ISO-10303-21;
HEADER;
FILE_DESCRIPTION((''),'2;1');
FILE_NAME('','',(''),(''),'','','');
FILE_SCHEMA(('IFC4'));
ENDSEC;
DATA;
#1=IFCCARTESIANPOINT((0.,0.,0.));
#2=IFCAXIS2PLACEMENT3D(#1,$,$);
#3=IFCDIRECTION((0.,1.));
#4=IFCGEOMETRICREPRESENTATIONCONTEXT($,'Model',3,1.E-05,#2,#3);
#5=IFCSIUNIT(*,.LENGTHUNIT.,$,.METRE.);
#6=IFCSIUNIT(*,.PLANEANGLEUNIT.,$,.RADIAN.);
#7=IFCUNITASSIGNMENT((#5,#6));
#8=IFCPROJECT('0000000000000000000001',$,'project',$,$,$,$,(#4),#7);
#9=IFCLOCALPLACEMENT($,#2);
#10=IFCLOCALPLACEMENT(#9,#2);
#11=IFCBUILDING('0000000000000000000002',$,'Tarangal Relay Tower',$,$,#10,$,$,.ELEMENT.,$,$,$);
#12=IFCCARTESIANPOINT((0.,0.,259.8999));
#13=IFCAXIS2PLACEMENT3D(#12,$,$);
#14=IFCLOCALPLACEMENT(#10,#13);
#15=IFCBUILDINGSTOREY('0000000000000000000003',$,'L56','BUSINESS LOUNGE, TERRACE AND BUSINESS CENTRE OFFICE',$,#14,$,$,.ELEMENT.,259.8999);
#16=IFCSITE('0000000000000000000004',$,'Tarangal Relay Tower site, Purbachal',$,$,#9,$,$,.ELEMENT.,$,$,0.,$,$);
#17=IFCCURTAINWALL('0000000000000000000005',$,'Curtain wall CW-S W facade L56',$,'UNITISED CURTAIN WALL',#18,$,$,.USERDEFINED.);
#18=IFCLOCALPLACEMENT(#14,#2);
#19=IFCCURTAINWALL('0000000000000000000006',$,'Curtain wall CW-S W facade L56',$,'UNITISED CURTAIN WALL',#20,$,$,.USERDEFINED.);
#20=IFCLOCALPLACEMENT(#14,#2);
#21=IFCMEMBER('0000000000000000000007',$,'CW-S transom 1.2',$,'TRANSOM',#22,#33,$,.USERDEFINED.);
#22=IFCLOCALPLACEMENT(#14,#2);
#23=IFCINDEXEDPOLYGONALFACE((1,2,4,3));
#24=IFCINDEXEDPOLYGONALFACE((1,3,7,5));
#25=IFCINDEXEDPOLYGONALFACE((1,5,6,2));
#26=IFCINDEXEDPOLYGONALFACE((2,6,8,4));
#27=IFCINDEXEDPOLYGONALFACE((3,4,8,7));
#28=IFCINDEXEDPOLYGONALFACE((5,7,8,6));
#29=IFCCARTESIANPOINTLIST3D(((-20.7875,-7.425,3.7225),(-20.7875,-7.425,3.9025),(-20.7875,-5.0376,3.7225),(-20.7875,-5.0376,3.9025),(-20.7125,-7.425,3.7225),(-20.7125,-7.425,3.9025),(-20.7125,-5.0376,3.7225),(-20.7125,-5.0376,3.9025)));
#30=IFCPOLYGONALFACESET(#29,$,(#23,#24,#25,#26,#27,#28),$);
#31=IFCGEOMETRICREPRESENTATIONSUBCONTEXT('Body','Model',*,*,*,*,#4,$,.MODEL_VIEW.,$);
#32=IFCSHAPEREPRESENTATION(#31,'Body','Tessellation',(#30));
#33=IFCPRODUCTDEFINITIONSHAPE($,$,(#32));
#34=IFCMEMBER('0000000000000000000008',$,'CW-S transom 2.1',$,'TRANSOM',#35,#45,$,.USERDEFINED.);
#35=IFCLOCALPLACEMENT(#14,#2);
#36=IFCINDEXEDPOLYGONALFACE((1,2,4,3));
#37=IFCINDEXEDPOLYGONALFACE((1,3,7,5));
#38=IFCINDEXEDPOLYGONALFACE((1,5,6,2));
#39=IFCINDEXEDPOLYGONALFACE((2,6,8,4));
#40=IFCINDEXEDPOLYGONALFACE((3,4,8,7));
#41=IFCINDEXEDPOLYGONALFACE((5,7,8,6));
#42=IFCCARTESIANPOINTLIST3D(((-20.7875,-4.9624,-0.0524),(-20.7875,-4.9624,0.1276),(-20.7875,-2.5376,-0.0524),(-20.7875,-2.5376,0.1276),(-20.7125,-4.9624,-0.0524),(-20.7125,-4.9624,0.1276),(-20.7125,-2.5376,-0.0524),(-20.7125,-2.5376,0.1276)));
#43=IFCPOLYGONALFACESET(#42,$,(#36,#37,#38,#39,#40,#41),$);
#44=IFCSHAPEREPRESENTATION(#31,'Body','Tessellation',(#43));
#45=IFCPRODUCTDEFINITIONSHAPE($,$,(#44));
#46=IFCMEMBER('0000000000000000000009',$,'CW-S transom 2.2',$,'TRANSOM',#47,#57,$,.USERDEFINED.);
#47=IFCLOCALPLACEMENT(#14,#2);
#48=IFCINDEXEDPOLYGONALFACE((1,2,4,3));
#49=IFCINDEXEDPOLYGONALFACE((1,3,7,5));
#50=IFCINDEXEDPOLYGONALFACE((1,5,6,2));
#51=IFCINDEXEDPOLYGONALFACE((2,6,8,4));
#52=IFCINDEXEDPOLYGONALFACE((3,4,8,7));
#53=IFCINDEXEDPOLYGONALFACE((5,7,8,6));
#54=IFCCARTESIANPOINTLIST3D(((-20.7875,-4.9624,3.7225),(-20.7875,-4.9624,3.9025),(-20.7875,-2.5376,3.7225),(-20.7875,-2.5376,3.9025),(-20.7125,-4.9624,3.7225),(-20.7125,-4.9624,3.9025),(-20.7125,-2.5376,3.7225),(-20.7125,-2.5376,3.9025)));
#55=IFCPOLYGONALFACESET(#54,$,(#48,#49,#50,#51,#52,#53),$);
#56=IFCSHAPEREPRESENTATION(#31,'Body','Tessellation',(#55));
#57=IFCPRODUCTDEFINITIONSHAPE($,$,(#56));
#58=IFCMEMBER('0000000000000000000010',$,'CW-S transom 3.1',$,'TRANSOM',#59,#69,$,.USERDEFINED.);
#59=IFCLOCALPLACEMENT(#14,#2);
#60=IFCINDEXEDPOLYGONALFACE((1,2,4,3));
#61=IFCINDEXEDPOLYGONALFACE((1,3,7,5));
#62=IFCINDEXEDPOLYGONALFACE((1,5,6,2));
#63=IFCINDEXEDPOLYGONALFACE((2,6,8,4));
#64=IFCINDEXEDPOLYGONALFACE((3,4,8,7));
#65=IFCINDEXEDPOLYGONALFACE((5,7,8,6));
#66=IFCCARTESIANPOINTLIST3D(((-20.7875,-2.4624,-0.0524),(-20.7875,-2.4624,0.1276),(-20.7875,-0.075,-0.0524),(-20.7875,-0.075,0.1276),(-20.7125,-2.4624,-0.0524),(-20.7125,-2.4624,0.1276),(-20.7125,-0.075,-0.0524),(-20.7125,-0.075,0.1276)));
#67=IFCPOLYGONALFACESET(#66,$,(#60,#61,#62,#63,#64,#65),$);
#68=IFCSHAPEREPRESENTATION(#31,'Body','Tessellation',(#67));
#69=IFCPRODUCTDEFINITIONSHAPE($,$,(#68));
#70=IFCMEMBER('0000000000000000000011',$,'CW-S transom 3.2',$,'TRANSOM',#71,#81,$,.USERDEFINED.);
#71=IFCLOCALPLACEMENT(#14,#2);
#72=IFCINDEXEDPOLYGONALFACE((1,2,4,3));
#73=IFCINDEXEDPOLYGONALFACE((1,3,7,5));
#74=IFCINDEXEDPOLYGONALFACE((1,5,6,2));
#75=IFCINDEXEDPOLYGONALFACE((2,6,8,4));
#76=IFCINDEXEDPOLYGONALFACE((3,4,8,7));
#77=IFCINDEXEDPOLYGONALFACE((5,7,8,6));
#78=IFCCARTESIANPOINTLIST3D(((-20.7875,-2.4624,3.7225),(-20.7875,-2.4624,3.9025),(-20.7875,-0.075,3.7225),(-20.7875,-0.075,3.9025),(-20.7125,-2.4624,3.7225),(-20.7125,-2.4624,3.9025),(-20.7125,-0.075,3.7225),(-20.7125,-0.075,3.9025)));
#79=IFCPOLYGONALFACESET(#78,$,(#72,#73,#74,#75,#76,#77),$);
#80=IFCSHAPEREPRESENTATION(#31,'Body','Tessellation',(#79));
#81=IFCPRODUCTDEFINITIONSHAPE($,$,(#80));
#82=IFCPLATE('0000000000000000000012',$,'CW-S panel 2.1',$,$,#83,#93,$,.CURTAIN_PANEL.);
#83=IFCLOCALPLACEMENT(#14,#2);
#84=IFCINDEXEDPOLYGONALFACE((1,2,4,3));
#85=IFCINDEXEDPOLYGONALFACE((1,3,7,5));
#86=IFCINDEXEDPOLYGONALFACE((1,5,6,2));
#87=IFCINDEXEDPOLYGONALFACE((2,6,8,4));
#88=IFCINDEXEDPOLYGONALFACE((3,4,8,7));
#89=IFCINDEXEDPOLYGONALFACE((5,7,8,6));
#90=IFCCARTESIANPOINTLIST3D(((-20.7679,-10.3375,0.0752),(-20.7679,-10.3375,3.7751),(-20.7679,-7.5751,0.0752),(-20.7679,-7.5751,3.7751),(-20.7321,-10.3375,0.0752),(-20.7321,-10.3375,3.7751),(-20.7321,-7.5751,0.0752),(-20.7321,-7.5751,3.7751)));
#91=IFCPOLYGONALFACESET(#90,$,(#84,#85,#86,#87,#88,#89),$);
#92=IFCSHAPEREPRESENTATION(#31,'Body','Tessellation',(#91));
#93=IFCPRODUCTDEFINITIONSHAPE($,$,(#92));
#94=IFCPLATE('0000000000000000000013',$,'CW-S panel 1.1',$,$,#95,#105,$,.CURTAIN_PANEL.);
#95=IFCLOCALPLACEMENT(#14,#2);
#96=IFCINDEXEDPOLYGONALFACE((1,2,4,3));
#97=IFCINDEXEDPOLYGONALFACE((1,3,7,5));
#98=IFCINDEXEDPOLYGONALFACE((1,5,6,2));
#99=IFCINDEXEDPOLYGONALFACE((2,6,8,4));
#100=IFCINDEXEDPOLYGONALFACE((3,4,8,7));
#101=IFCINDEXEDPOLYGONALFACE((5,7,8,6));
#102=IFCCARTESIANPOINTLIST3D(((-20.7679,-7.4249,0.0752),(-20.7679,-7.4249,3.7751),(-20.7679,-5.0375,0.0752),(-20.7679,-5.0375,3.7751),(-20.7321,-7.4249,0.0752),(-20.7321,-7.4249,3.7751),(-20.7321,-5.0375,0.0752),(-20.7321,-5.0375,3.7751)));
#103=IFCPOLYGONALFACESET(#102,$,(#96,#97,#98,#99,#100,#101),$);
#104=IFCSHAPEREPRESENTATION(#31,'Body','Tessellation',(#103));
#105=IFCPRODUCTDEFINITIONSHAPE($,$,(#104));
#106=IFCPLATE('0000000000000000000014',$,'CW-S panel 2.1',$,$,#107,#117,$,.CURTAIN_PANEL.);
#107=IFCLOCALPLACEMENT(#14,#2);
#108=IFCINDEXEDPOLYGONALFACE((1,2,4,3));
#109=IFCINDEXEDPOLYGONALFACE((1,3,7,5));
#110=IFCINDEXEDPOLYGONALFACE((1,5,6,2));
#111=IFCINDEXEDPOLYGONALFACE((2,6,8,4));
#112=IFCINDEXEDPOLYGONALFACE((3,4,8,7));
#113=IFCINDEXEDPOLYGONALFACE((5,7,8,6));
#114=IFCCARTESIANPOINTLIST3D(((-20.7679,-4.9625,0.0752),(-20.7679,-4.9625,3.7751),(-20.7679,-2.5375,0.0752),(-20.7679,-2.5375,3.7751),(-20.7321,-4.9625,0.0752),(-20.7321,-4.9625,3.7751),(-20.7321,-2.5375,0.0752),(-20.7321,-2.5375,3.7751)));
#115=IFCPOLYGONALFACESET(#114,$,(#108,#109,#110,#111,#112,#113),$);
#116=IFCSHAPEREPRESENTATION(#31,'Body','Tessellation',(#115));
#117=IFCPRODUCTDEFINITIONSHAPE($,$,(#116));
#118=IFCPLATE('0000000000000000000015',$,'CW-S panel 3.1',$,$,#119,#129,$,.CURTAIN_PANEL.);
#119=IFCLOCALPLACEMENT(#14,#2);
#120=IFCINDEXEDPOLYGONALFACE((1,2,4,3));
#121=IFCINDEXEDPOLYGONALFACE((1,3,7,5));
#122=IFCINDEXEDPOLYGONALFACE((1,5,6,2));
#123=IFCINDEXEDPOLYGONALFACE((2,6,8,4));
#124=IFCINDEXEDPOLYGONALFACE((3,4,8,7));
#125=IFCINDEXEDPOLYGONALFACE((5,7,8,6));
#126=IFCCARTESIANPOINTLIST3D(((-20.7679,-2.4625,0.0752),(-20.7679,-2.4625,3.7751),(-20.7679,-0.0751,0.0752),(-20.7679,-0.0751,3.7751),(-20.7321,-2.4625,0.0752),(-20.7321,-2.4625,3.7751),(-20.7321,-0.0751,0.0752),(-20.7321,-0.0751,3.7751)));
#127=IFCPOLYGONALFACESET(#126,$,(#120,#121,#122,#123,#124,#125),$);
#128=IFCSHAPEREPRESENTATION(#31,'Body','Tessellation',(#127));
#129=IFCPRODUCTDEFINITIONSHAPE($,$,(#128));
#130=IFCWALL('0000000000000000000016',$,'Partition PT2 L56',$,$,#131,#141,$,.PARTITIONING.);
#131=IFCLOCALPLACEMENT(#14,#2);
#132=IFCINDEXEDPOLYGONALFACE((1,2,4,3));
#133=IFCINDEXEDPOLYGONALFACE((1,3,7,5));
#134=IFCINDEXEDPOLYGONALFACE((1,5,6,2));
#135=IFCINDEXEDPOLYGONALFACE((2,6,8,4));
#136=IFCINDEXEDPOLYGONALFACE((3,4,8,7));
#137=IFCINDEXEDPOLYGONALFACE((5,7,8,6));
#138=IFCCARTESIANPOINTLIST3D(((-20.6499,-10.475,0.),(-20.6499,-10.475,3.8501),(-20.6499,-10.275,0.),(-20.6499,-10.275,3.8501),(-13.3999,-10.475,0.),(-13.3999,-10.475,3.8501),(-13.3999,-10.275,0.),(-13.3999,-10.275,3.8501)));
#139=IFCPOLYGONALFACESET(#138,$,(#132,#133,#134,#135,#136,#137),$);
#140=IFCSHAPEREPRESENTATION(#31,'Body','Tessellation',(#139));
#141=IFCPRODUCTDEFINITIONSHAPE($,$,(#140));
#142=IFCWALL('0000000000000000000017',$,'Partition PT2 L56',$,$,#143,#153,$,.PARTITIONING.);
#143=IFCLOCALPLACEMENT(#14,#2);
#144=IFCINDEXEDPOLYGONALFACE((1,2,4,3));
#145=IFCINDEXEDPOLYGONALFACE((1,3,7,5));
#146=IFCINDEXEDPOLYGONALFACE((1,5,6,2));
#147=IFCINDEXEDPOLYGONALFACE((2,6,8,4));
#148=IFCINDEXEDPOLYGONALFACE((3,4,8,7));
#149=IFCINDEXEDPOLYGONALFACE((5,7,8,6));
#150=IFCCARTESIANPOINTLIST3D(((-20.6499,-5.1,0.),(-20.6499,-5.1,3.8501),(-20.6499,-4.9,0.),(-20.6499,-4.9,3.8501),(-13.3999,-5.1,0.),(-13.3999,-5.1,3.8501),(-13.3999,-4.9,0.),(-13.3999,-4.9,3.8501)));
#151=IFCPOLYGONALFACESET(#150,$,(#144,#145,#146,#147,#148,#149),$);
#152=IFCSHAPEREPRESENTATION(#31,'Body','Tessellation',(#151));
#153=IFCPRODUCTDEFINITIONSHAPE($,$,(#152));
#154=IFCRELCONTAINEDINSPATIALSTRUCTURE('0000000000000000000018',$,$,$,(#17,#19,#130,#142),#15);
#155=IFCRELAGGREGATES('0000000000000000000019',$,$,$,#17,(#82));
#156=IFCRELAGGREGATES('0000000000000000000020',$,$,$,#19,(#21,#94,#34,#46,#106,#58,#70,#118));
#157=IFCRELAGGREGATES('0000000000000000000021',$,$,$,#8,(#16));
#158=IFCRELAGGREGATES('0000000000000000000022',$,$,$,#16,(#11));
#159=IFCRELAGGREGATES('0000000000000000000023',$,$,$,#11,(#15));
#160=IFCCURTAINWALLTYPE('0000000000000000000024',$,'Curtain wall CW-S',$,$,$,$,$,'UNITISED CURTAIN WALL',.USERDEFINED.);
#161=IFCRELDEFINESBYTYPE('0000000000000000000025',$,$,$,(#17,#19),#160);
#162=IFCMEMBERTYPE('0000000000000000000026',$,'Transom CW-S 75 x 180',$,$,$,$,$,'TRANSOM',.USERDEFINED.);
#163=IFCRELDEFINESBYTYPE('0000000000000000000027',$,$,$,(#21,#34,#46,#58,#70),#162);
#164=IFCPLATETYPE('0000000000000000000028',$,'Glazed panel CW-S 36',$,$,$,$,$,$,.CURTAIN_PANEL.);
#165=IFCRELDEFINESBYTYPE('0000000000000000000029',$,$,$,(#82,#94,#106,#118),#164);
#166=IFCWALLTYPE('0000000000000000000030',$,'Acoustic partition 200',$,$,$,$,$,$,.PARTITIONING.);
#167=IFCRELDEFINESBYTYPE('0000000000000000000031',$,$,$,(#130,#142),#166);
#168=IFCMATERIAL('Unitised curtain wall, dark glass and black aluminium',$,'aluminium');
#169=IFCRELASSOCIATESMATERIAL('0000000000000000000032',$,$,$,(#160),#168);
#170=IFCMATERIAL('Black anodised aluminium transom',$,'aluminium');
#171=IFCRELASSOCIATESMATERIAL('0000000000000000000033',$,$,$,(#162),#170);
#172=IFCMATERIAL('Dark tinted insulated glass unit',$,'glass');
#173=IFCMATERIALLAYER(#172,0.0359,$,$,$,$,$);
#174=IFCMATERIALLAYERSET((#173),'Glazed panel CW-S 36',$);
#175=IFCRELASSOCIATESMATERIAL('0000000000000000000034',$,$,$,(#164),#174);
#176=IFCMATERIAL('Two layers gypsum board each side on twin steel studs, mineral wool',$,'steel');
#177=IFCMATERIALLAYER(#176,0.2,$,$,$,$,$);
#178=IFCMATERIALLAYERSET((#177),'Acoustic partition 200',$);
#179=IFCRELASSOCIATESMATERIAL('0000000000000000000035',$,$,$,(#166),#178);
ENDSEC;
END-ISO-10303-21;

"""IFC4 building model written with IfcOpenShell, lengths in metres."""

from ifc_helpers import new_model, si_unit, direction, frame, frame_2d, origin, origin_2d, place, context, subcontext, project, spatial, rectangle, extrude, material, layer, layer_set, material_profile, profile_set, type_object, element, aggregate, save


model = new_model("IFC4")

# Units and contexts
model_context = context("Model", 3, precision=1e-05, world=origin(), true_north=direction((0.0, 1.0)))
body_context = subcontext(model_context, "Body", "Model", "MODEL_VIEW")
ifc_project = project(units=[si_unit("LENGTHUNIT", "METRE"), si_unit("PLANEANGLEUNIT", "RADIAN")], contexts=[model_context])

# Site, building, storey
site_placement = place(None, origin())
site = spatial("IfcSite", under=ifc_project, at=site_placement, Name="Tarangal Relay Tower site, Purbachal", CompositionType="ELEMENT", RefElevation=0.0)
building_placement = place(site_placement, origin())
building = spatial("IfcBuilding", under=site, at=building_placement, Name="Tarangal Relay Tower", CompositionType="ELEMENT")
storey_placement = place(building_placement, frame((0.0, 0.0, 259.8999)))
storey = spatial("IfcBuildingStorey", under=building, at=storey_placement, Name="L56", Description="BUSINESS LOUNGE, TERRACE AND BUSINESS CENTRE OFFICE", CompositionType="ELEMENT", Elevation=259.8999)

# Curtain wall
ifc_material_1 = material(Name="Unitised curtain wall, dark glass and black aluminium", Category="aluminium")
curtain_wall_type = type_object("IfcCurtainWallType", Name="Curtain wall CW-S", ElementType="UNITISED CURTAIN WALL", PredefinedType="USERDEFINED", material=ifc_material_1)
curtain_wall_1_placement = place(storey_placement, origin())
curtain_wall_1 = element("IfcCurtainWall", 1, at=curtain_wall_1_placement, inside=storey, type_object=curtain_wall_type, Name="Curtain wall CW-S W facade L56", ObjectType="UNITISED CURTAIN WALL", PredefinedType="USERDEFINED")

# Curtain wall
curtain_wall_2_placement = place(storey_placement, origin())
curtain_wall_2 = element("IfcCurtainWall", 2, at=curtain_wall_2_placement, inside=storey, type_object=curtain_wall_type, Name="Curtain wall CW-S W facade L56", ObjectType="UNITISED CURTAIN WALL", PredefinedType="USERDEFINED")

# Members
ifc_material_2 = material(Name="Black anodised aluminium transom", Category="aluminium")
ifc_material_profile_1 = material_profile(ifc_material_2, rectangle(XDim=0.075, YDim=0.1799, at=origin_2d()), Name="CW-ST 75X180")
ifc_profile_set_1 = profile_set([ifc_material_profile_1], Name="Black anodised aluminium transom")
member_type_1 = type_object("IfcMemberType", Name="Transom CW-S 75 x 180", ElementType="TRANSOM", PredefinedType="USERDEFINED", material=ifc_profile_set_1)
member_1_placement = place(storey_placement, frame((-20.75, -7.425, 3.8125), z_axis=(0.0, 1.0, 0.0), x_axis=(-1.0, 0.0, 0.0)))
member_1 = element("IfcMember", 3, at=member_1_placement, type_object=member_type_1, Name="CW-S transom 1.2", ObjectType="TRANSOM", PredefinedType="USERDEFINED", context=body_context, shape_type="SweptSolid", body=[
    extrude(rectangle(XDim=0.075, YDim=0.1799, at=origin_2d()), origin(), (0.0, 0.0, 1.0), 2.3875),
])
member_2_placement = place(storey_placement, frame((-20.75, -4.9624, 0.0376), z_axis=(0.0, 1.0, 0.0), x_axis=(-1.0, 0.0, 0.0)))
member_2 = element("IfcMember", 4, at=member_2_placement, type_object=member_type_1, Name="CW-S transom 2.1", ObjectType="TRANSOM", PredefinedType="USERDEFINED", context=body_context, shape_type="SweptSolid", body=[
    extrude(rectangle(XDim=0.075, YDim=0.1799, at=origin_2d()), origin(), (0.0, 0.0, 1.0), 2.4248),
])
member_3_placement = place(storey_placement, frame((-20.75, -4.9624, 3.8125), z_axis=(0.0, 1.0, 0.0), x_axis=(-1.0, 0.0, 0.0)))
member_3 = element("IfcMember", 5, at=member_3_placement, type_object=member_type_1, Name="CW-S transom 2.2", ObjectType="TRANSOM", PredefinedType="USERDEFINED", context=body_context, shape_type="SweptSolid", body=[
    extrude(rectangle(XDim=0.075, YDim=0.1799, at=origin_2d()), origin(), (0.0, 0.0, 1.0), 2.4248),
])
member_4_placement = place(storey_placement, frame((-20.75, -2.4624, 0.0376), z_axis=(0.0, 1.0, 0.0), x_axis=(-1.0, 0.0, 0.0)))
member_4 = element("IfcMember", 6, at=member_4_placement, type_object=member_type_1, Name="CW-S transom 3.1", ObjectType="TRANSOM", PredefinedType="USERDEFINED", context=body_context, shape_type="SweptSolid", body=[
    extrude(rectangle(XDim=0.075, YDim=0.1799, at=origin_2d()), origin(), (0.0, 0.0, 1.0), 2.3875),
])
member_5_placement = place(storey_placement, frame((-20.75, -2.4624, 3.8125), z_axis=(0.0, 1.0, 0.0), x_axis=(-1.0, 0.0, 0.0)))
member_5 = element("IfcMember", 7, at=member_5_placement, type_object=member_type_1, Name="CW-S transom 3.2", ObjectType="TRANSOM", PredefinedType="USERDEFINED", context=body_context, shape_type="SweptSolid", body=[
    extrude(rectangle(XDim=0.075, YDim=0.1799, at=origin_2d()), origin(), (0.0, 0.0, 1.0), 2.3875),
])

# Plates
ifc_material_3 = material(Name="Dark tinted insulated glass unit", Category="glass")
ifc_layer_1 = layer(ifc_material_3, 0.0359)
ifc_layer_set_1 = layer_set([ifc_layer_1], Name="Glazed panel CW-S 36")
plate_type = type_object("IfcPlateType", Name="Glazed panel CW-S 36", PredefinedType="CURTAIN_PANEL", material=ifc_layer_set_1)
plate_1_placement = place(storey_placement, frame((-20.75, -8.9563, 0.0752), z_axis=(0.0, 0.0, 1.0), x_axis=(0.0, 1.0, 0.0)))
plate_1 = element("IfcPlate", 8, at=plate_1_placement, type_object=plate_type, Name="CW-S panel 2.1", PredefinedType="CURTAIN_PANEL", context=body_context, shape_type="SweptSolid", body=[
    extrude(rectangle(XDim=2.7625, YDim=0.0359, at=origin_2d()), origin(), (0.0, 0.0, 1.0), 3.7),
])
aggregate(curtain_wall_1, [plate_1])
plate_2_placement = place(storey_placement, frame((-20.75, -6.2312, 0.0752), z_axis=(0.0, 0.0, 1.0), x_axis=(0.0, 1.0, 0.0)))
plate_2 = element("IfcPlate", 9, at=plate_2_placement, type_object=plate_type, Name="CW-S panel 1.1", PredefinedType="CURTAIN_PANEL", context=body_context, shape_type="SweptSolid", body=[
    extrude(rectangle(XDim=2.3875, YDim=0.0359, at=origin_2d()), origin(), (0.0, 0.0, 1.0), 3.7),
])
plate_3_placement = place(storey_placement, frame((-20.75, -3.75, 0.0752), z_axis=(0.0, 0.0, 1.0), x_axis=(0.0, 1.0, 0.0)))
plate_3 = element("IfcPlate", 10, at=plate_3_placement, type_object=plate_type, Name="CW-S panel 2.1", PredefinedType="CURTAIN_PANEL", context=body_context, shape_type="SweptSolid", body=[
    extrude(rectangle(XDim=2.425, YDim=0.0359, at=origin_2d()), origin(), (0.0, 0.0, 1.0), 3.7),
])
plate_4_placement = place(storey_placement, frame((-20.75, -1.2688, 0.0752), z_axis=(0.0, 0.0, 1.0), x_axis=(0.0, 1.0, 0.0)))
plate_4 = element("IfcPlate", 11, at=plate_4_placement, type_object=plate_type, Name="CW-S panel 3.1", PredefinedType="CURTAIN_PANEL", context=body_context, shape_type="SweptSolid", body=[
    extrude(rectangle(XDim=2.3875, YDim=0.0359, at=origin_2d()), origin(), (0.0, 0.0, 1.0), 3.7),
])
aggregate(curtain_wall_2, [member_1, plate_2, member_2, member_3, plate_3, member_4, member_5, plate_4])

# Walls
ifc_material_4 = material(Name="Two layers gypsum board each side on twin steel studs, mineral wool", Category="steel")
ifc_layer_2 = layer(ifc_material_4, 0.2)
ifc_layer_set_2 = layer_set([ifc_layer_2], Name="Acoustic partition 200")
wall_type_1 = type_object("IfcWallType", Name="Acoustic partition 200", PredefinedType="PARTITIONING", material=ifc_layer_set_2)
for number, where, z_axis, x_axis, name in (
    (12, (-20.6499, -10.375, 0.0), (0.0, 0.0, 1.0), (1.0, 0.0, 0.0), "Partition PT2 L56"),
    (13, (-20.6499, -5.0, 0.0), (0.0, 0.0, 1.0), (1.0, 0.0, 0.0), "Partition PT2 L56"),
):
    element("IfcWall", number, at=place(storey_placement, frame(where, z_axis=z_axis, x_axis=x_axis)), inside=storey, type_object=wall_type_1, Name=name, PredefinedType="PARTITIONING", context=body_context, shape_type="SweptSolid", body=[
        extrude(rectangle(XDim=7.25, YDim=0.2, at=frame_2d((3.625, 0.0))), origin(), (0.0, 0.0, 1.0), 3.8501),
    ])

save(model, "model.ifc")
